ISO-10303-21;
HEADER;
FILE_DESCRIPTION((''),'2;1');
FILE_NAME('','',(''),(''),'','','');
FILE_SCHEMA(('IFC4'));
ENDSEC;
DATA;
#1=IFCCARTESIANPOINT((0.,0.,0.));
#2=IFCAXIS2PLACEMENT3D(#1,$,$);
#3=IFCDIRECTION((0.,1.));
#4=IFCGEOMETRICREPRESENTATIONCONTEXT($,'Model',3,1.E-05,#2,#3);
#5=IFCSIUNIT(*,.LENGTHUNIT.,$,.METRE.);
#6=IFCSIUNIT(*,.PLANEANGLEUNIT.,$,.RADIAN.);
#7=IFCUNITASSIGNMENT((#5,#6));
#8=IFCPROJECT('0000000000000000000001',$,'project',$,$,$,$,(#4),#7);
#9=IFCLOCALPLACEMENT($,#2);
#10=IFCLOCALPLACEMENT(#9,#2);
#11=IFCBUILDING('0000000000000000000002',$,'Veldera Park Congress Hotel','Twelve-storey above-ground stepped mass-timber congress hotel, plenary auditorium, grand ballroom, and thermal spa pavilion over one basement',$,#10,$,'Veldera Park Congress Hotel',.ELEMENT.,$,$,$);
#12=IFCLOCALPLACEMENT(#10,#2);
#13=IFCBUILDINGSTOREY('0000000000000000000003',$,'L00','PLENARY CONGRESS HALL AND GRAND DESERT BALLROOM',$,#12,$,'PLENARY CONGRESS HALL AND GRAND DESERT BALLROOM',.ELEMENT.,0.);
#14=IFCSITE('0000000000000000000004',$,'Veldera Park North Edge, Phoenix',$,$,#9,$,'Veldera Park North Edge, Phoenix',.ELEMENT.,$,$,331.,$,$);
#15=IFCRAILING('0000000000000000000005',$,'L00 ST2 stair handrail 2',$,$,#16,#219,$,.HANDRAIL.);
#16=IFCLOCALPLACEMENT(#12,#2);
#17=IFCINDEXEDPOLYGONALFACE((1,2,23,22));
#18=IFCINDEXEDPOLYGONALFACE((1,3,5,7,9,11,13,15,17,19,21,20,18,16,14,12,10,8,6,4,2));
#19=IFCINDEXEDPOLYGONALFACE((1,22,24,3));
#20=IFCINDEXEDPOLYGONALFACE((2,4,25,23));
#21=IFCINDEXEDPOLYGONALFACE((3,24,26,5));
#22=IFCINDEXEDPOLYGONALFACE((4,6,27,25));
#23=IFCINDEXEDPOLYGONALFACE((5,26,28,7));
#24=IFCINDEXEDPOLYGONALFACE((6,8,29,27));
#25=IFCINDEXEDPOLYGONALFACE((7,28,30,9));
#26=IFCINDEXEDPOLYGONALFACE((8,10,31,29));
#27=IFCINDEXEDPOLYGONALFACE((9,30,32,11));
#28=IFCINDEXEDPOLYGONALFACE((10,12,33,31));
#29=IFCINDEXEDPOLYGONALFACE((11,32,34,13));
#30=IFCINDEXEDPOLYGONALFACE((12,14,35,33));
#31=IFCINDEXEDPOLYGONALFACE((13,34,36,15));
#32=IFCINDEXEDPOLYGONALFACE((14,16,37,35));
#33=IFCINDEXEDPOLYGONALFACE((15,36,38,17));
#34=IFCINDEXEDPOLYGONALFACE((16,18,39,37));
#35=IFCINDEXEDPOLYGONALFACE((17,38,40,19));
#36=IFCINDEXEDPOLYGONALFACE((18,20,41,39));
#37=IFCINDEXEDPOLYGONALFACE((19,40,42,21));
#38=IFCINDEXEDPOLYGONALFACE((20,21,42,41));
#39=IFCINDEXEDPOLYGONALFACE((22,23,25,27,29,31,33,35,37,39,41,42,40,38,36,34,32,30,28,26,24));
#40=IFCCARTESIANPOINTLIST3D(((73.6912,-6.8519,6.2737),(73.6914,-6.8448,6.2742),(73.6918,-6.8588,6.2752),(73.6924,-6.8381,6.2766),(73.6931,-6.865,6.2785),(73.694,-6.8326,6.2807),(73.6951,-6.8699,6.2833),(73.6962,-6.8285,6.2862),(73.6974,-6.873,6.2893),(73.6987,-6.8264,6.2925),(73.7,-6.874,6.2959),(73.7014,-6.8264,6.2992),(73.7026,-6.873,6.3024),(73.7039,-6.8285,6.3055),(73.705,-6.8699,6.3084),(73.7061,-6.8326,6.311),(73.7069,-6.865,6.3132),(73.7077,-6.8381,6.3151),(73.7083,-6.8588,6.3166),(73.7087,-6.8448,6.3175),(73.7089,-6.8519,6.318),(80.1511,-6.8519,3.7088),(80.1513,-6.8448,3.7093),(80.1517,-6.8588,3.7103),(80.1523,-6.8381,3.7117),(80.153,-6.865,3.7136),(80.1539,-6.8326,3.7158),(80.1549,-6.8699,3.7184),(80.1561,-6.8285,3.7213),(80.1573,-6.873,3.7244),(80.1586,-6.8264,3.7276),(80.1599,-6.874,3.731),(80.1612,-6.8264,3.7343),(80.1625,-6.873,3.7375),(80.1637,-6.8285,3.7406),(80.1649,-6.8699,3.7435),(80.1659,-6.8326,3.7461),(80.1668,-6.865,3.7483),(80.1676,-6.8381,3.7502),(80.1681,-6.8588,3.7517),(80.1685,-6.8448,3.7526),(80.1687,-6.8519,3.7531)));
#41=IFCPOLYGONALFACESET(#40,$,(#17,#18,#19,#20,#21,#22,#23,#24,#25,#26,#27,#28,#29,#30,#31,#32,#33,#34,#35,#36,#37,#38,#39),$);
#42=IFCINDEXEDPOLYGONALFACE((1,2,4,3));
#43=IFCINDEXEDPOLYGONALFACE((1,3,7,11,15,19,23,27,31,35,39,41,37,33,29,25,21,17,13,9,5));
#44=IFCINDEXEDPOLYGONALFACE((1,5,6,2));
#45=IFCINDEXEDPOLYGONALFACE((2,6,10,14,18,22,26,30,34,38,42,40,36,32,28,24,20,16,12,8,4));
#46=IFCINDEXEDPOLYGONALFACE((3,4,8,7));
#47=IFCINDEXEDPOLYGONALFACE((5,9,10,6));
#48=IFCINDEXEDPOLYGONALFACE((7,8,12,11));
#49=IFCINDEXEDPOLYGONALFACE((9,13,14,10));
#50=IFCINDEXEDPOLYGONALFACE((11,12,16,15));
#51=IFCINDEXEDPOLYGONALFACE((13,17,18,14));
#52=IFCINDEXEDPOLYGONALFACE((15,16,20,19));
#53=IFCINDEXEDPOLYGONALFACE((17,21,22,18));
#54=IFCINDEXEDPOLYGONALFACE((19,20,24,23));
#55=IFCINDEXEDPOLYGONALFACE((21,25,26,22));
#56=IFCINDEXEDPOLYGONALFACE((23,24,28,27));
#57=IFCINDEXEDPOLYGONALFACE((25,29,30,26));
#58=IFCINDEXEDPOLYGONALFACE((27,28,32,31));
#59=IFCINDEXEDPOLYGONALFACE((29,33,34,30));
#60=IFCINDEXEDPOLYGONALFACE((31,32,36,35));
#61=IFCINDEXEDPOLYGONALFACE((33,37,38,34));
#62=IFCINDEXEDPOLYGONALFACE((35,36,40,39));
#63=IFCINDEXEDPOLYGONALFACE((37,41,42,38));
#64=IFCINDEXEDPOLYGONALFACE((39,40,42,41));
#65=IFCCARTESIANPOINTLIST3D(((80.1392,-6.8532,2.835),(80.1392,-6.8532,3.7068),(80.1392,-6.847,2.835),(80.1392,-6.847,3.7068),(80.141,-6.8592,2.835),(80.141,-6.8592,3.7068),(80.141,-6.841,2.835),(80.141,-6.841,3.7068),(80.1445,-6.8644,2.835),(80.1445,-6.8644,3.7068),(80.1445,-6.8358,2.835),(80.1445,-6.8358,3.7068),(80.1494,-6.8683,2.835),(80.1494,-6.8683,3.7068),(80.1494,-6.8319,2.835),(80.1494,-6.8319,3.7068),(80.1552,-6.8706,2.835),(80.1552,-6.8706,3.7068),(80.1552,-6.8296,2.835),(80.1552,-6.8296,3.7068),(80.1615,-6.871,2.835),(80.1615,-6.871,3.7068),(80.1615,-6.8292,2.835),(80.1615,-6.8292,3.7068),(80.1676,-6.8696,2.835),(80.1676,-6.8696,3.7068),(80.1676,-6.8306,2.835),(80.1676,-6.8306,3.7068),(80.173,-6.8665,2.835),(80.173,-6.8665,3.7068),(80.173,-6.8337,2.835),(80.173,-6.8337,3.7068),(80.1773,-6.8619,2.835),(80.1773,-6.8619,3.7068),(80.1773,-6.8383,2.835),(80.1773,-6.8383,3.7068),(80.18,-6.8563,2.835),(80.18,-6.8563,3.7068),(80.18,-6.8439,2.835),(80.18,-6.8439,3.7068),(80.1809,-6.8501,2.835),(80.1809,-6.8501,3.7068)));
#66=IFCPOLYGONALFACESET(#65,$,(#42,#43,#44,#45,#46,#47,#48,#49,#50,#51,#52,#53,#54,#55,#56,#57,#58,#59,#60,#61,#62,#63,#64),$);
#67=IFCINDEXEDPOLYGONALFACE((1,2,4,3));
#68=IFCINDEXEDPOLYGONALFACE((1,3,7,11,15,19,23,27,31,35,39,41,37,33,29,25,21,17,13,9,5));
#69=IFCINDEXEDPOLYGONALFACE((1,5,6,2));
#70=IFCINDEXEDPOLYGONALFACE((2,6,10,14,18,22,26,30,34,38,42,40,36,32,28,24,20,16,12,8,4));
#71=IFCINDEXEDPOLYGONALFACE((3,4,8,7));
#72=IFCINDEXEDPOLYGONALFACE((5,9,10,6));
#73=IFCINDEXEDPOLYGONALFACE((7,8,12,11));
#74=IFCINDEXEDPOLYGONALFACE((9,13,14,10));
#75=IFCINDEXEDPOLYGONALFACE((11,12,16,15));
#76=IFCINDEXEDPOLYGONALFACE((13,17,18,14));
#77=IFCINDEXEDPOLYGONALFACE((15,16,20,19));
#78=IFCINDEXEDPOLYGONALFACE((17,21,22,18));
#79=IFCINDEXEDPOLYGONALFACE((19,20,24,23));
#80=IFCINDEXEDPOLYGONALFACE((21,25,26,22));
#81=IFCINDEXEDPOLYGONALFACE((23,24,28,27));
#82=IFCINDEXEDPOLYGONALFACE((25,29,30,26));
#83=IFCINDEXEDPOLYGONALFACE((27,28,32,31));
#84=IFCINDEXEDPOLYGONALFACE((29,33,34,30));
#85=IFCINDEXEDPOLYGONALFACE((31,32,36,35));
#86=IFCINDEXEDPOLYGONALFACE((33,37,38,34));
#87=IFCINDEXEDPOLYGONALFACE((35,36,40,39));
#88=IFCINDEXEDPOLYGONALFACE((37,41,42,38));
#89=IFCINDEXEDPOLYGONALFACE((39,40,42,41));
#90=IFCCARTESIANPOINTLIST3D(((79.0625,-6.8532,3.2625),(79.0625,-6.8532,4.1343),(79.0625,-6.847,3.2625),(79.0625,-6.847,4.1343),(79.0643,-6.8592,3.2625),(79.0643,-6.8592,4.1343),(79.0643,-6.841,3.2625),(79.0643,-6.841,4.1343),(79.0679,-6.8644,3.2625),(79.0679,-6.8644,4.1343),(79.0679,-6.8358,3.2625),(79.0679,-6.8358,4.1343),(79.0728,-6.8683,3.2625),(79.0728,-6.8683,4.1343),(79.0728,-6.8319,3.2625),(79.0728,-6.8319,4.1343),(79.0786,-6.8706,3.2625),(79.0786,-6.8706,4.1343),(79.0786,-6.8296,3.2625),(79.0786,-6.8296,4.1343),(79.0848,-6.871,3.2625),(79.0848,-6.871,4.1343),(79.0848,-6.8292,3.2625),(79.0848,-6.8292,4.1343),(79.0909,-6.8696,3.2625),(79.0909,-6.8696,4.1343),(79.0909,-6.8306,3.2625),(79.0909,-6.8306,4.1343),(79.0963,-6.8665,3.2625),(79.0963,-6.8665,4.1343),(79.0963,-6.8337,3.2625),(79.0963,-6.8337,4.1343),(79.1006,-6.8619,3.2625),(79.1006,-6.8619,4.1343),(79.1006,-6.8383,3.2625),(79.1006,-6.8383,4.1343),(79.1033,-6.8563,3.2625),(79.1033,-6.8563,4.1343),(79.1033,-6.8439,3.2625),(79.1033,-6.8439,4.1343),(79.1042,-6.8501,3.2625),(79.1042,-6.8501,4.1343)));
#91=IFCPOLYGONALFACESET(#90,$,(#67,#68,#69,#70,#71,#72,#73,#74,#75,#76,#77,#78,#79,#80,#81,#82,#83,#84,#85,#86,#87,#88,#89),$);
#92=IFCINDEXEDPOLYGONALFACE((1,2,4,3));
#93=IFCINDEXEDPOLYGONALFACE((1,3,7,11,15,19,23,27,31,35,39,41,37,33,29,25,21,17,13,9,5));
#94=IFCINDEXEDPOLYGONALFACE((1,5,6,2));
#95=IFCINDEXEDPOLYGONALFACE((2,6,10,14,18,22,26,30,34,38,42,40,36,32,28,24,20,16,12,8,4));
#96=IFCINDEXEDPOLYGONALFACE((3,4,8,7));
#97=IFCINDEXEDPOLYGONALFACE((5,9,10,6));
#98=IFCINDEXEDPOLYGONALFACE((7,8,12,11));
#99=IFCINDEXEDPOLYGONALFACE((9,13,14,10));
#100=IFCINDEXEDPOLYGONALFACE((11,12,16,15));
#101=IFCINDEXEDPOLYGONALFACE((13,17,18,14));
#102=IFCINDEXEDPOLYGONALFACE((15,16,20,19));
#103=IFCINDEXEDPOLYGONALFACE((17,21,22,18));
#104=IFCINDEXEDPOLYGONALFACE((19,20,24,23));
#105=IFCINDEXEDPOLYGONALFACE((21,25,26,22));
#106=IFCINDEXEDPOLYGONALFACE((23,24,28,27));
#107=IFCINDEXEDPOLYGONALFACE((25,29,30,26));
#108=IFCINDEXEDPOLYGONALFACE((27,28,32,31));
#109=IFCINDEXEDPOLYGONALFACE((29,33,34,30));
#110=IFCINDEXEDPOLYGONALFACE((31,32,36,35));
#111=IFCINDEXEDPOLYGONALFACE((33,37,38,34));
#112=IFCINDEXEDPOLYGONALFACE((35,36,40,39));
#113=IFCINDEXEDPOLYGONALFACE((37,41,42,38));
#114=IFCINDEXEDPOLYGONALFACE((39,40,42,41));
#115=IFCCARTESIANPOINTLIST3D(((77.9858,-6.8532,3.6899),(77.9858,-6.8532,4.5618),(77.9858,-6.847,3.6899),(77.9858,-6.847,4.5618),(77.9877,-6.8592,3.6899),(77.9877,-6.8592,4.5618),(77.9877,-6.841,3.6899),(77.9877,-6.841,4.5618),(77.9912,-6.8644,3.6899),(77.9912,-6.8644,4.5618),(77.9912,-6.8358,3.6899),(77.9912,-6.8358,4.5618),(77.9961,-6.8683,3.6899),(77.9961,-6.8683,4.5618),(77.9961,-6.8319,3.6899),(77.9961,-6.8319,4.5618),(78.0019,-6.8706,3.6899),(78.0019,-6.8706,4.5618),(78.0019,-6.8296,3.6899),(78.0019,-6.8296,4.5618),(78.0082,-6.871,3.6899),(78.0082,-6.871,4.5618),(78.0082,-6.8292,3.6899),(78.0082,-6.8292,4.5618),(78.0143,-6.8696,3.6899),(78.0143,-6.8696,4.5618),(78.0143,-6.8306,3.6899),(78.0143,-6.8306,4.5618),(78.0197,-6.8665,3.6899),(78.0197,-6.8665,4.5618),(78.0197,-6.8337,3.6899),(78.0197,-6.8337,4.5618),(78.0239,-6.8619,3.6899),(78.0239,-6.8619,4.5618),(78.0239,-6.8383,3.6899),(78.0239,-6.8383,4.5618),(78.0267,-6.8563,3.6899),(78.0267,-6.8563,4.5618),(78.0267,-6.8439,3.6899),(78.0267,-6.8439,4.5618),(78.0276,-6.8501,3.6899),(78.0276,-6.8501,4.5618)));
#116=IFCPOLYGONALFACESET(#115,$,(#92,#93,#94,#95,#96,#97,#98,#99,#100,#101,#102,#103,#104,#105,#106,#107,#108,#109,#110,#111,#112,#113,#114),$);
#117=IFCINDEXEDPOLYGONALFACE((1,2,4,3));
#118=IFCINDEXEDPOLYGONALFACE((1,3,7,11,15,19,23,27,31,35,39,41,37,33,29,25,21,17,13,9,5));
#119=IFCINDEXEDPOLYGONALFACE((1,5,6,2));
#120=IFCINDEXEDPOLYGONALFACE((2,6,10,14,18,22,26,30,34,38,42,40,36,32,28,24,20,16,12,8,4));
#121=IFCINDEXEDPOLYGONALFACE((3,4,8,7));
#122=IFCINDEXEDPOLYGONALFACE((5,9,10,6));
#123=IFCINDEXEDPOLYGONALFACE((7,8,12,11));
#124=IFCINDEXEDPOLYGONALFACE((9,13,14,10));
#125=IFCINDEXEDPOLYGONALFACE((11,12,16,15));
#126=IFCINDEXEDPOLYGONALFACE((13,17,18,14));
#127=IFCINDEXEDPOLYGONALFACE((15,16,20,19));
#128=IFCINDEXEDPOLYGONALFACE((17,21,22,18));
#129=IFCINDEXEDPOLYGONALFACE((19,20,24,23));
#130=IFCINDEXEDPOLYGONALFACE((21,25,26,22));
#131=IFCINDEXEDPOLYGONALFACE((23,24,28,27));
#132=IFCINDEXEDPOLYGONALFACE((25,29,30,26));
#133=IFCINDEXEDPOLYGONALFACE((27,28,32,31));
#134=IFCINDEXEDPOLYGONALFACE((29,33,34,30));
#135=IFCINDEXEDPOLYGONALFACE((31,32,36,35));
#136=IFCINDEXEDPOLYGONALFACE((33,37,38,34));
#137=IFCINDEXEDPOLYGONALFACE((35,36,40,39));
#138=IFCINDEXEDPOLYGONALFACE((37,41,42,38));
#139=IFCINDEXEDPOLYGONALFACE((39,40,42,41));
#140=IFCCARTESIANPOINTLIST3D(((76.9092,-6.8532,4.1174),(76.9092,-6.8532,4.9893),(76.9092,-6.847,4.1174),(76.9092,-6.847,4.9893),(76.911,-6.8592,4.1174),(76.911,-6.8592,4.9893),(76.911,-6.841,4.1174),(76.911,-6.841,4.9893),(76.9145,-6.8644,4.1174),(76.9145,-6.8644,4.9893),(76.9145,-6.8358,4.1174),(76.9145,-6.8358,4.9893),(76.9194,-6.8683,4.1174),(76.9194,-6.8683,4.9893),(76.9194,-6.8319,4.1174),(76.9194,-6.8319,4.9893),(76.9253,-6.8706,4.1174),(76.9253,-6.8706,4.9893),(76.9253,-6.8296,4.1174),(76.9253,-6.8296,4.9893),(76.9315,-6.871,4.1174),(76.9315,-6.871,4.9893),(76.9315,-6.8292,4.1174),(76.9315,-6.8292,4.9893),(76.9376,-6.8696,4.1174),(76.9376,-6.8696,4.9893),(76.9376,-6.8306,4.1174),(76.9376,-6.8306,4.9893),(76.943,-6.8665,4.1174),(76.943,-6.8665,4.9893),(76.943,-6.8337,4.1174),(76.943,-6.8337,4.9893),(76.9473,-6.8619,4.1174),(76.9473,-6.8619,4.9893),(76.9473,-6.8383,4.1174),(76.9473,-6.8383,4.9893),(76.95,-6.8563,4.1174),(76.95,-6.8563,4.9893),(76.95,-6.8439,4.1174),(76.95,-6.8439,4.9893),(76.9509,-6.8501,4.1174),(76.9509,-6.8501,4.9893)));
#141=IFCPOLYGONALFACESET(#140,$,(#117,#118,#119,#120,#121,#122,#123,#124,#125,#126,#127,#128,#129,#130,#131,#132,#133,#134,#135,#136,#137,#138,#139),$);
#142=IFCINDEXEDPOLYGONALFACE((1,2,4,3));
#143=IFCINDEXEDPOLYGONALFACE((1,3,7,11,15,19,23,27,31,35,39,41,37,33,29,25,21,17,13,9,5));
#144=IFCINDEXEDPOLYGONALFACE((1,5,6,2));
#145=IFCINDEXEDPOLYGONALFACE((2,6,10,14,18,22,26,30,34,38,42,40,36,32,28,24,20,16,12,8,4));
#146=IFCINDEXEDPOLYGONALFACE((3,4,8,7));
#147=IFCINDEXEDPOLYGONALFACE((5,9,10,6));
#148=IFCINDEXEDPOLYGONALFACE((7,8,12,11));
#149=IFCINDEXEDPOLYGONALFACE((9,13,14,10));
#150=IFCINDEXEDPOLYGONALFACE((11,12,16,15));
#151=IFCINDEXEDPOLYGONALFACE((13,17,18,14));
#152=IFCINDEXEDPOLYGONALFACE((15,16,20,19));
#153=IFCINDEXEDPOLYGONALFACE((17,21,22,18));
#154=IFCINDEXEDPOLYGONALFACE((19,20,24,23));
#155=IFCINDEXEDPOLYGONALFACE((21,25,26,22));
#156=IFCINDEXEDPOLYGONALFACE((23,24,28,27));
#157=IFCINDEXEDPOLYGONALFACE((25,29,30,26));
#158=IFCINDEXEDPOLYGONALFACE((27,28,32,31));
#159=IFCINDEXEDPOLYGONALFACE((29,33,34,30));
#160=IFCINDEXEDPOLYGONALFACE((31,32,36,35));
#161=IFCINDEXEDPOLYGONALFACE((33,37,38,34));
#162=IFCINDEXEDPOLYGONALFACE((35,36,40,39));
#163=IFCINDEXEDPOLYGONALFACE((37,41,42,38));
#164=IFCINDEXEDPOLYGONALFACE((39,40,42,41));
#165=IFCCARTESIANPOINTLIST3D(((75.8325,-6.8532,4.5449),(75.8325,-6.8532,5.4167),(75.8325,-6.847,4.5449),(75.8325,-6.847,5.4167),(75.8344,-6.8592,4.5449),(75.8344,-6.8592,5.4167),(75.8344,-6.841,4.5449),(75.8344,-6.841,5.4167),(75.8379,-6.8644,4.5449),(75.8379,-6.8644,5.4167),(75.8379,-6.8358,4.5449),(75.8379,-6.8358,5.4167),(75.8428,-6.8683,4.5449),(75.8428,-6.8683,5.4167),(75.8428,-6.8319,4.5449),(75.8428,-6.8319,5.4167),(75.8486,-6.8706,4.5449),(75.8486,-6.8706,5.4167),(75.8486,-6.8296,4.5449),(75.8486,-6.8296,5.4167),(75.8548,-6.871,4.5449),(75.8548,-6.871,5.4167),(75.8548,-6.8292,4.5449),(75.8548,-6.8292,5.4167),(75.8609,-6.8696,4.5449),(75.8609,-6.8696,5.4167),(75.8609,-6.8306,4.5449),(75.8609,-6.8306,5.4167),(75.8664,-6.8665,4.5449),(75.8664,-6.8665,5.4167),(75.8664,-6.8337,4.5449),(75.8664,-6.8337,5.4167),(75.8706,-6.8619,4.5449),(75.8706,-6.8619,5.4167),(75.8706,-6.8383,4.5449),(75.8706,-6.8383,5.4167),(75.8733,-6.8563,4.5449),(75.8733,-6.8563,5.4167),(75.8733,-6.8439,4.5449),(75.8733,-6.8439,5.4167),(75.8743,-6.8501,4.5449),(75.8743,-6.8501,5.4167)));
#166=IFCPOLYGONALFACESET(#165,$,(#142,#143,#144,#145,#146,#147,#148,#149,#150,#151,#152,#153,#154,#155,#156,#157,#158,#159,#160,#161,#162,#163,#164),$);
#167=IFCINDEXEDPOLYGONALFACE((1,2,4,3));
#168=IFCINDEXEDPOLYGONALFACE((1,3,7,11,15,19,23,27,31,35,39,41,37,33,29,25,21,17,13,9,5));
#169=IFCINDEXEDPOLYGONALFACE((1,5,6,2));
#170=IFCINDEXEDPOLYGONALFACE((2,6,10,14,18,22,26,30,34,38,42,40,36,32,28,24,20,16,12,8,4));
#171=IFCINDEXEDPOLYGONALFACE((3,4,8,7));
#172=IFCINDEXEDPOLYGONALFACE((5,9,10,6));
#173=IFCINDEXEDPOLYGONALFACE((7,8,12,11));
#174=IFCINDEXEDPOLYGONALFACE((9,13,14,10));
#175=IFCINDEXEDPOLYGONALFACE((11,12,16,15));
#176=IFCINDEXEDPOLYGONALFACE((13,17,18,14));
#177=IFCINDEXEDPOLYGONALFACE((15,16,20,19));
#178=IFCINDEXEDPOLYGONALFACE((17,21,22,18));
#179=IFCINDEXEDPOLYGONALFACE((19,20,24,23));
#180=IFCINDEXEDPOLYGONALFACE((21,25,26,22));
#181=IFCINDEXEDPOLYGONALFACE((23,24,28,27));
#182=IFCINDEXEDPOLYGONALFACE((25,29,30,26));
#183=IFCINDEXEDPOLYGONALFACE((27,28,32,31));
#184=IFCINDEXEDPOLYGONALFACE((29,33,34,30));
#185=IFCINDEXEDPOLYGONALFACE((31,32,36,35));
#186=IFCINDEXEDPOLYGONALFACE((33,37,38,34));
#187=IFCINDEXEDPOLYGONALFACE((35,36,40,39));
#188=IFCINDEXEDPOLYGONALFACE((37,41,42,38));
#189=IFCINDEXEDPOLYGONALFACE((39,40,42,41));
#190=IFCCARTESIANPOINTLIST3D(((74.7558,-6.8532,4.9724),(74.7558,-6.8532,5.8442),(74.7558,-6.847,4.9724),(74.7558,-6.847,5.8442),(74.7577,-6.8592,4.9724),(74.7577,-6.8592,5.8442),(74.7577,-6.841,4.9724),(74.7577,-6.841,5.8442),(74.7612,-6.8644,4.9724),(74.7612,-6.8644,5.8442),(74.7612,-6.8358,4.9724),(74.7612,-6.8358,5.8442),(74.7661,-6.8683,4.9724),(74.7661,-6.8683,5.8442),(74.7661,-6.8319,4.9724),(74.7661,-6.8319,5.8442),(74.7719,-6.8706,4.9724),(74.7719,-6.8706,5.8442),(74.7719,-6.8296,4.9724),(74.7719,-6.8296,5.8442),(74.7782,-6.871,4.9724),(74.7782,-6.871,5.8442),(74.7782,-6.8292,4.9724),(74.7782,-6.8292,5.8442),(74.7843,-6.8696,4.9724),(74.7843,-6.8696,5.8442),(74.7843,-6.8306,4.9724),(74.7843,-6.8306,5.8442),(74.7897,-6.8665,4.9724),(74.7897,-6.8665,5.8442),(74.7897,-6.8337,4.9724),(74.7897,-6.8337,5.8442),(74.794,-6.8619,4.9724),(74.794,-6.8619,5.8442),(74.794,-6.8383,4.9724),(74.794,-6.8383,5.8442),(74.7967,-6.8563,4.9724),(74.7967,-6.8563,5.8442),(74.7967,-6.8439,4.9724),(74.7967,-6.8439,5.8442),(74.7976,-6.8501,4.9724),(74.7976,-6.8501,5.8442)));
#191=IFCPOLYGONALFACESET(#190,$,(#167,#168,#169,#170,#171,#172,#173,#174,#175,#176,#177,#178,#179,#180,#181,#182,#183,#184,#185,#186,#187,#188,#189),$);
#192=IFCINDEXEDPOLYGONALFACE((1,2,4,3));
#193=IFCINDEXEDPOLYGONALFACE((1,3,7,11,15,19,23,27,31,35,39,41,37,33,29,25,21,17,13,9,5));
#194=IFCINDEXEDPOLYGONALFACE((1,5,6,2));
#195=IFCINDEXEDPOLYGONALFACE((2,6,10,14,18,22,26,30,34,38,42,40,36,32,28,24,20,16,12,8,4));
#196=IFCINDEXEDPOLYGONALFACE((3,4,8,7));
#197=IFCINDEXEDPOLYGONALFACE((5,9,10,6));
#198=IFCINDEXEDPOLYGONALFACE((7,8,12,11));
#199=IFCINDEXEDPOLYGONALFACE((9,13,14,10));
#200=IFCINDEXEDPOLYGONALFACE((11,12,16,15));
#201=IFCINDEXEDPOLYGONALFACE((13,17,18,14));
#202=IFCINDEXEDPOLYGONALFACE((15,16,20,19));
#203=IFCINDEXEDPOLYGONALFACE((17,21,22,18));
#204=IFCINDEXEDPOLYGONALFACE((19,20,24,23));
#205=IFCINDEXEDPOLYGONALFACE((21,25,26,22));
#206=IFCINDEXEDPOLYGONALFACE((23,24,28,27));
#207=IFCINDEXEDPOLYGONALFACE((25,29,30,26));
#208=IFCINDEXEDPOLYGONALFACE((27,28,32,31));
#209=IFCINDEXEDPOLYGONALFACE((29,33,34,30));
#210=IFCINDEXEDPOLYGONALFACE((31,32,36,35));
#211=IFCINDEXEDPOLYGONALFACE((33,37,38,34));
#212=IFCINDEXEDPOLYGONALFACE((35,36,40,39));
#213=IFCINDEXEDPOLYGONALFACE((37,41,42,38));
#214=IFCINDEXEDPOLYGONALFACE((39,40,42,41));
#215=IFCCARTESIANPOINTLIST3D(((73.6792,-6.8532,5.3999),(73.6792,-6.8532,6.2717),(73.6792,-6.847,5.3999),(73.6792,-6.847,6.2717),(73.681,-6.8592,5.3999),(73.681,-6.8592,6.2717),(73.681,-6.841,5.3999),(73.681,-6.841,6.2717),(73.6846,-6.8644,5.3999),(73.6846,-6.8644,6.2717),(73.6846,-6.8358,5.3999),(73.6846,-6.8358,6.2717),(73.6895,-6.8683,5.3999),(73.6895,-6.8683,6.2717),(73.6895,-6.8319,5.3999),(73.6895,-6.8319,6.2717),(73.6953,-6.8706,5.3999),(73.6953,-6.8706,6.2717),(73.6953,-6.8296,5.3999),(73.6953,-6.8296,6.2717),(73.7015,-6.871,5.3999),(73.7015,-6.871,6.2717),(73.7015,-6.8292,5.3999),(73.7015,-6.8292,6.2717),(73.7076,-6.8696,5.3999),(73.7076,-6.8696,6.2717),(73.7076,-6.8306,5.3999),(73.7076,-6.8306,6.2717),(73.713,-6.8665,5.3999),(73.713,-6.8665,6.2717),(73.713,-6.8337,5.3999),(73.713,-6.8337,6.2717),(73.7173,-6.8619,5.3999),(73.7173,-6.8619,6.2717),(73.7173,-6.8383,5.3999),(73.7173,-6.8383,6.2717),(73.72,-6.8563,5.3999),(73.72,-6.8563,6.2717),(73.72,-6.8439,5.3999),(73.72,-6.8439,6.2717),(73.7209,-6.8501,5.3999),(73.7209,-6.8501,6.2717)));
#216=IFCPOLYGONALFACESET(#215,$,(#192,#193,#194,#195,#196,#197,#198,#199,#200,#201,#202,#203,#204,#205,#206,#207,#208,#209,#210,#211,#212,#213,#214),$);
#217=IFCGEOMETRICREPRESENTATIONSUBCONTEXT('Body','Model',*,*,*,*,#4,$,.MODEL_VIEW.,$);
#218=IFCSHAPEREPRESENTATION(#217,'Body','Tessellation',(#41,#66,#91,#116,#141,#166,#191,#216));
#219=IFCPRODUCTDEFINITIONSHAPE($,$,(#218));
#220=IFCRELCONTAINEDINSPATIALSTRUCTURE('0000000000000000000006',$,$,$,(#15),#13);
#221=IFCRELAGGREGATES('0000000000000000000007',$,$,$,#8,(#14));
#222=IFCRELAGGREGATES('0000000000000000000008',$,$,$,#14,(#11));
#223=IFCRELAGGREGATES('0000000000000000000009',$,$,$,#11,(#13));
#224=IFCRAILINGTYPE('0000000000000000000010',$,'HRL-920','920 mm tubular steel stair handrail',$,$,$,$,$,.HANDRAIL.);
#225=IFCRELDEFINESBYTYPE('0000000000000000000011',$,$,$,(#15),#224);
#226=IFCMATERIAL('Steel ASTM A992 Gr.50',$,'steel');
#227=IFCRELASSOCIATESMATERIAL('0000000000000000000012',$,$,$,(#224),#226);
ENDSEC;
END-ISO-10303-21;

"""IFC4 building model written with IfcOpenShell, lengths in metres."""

from ifc_helpers import new_model, si_unit, direction, frame, origin, origin_2d, place, context, subcontext, project, spatial, circle, extrude, material, type_object, element, save


model = new_model("IFC4")

# Units and contexts
model_context = context("Model", 3, precision=1e-05, world=origin(), true_north=direction((0.0, 1.0)))
body_context = subcontext(model_context, "Body", "Model", "MODEL_VIEW")
ifc_project = project(units=[si_unit("LENGTHUNIT", "METRE"), si_unit("PLANEANGLEUNIT", "RADIAN")], contexts=[model_context])

# Site, building, storey
site_placement = place(None, origin())
site = spatial("IfcSite", under=ifc_project, at=site_placement, Name="Veldera Park North Edge, Phoenix", LongName="Veldera Park North Edge, Phoenix", CompositionType="ELEMENT", RefElevation=331.0)
building_placement = place(site_placement, origin())
building = spatial("IfcBuilding", under=site, at=building_placement, Name="Veldera Park Congress Hotel", Description="Twelve-storey above-ground stepped mass-timber congress hotel, plenary auditorium, grand ballroom, and thermal spa pavilion over one basement", LongName="Veldera Park Congress Hotel", CompositionType="ELEMENT")
storey_placement = place(building_placement, origin())
storey = spatial("IfcBuildingStorey", under=building, at=storey_placement, Name="L00", Description="PLENARY CONGRESS HALL AND GRAND DESERT BALLROOM", LongName="PLENARY CONGRESS HALL AND GRAND DESERT BALLROOM", CompositionType="ELEMENT", Elevation=0.0)

# Shared definitions
ifc_material_1 = material(Name="Steel ASTM A992 Gr.50", Category="steel")

# Railing
railing_type_1 = type_object("IfcRailingType", Name="HRL-920", Description="920 mm tubular steel stair handrail", PredefinedType="HANDRAIL", material=ifc_material_1)
railing_1_placement = place(storey_placement, frame((80.1599, -6.8501, 2.835)))
element("IfcRailing", 1, at=railing_1_placement, inside=storey, type_object=railing_type_1, Name="L00 ST2 stair handrail 2", PredefinedType="HANDRAIL", context=body_context, shape_type="SweptSolid", body=[
    extrude(circle(Radius=0.0239, at=origin_2d()), frame((0.0, 0.0, 0.896), z_axis=(-0.929418, 0.0, 0.369028), x_axis=(0.0, -1.0, 0.0)), (0.0, 0.0, 1.0), 6.9504),
    extrude(circle(Radius=0.021, at=origin_2d()), origin(), (0.0, 0.0, 1.0), 0.8718),
    extrude(circle(Radius=0.021, at=origin_2d()), frame((-1.0767, 0.0, 0.4275)), (0.0, 0.0, 1.0), 0.8718),
    extrude(circle(Radius=0.021, at=origin_2d()), frame((-2.1533, 0.0, 0.855)), (0.0, 0.0, 1.0), 0.8718),
    extrude(circle(Radius=0.021, at=origin_2d()), frame((-3.23, 0.0, 1.2825)), (0.0, 0.0, 1.0), 0.8718),
    extrude(circle(Radius=0.021, at=origin_2d()), frame((-4.3066, 0.0, 1.71)), (0.0, 0.0, 1.0), 0.8718),
    extrude(circle(Radius=0.021, at=origin_2d()), frame((-5.3833, 0.0, 2.1375)), (0.0, 0.0, 1.0), 0.8718),
    extrude(circle(Radius=0.021, at=origin_2d()), frame((-6.46, 0.0, 2.5649)), (0.0, 0.0, 1.0), 0.8718),
])

save(model, "model.ifc")
